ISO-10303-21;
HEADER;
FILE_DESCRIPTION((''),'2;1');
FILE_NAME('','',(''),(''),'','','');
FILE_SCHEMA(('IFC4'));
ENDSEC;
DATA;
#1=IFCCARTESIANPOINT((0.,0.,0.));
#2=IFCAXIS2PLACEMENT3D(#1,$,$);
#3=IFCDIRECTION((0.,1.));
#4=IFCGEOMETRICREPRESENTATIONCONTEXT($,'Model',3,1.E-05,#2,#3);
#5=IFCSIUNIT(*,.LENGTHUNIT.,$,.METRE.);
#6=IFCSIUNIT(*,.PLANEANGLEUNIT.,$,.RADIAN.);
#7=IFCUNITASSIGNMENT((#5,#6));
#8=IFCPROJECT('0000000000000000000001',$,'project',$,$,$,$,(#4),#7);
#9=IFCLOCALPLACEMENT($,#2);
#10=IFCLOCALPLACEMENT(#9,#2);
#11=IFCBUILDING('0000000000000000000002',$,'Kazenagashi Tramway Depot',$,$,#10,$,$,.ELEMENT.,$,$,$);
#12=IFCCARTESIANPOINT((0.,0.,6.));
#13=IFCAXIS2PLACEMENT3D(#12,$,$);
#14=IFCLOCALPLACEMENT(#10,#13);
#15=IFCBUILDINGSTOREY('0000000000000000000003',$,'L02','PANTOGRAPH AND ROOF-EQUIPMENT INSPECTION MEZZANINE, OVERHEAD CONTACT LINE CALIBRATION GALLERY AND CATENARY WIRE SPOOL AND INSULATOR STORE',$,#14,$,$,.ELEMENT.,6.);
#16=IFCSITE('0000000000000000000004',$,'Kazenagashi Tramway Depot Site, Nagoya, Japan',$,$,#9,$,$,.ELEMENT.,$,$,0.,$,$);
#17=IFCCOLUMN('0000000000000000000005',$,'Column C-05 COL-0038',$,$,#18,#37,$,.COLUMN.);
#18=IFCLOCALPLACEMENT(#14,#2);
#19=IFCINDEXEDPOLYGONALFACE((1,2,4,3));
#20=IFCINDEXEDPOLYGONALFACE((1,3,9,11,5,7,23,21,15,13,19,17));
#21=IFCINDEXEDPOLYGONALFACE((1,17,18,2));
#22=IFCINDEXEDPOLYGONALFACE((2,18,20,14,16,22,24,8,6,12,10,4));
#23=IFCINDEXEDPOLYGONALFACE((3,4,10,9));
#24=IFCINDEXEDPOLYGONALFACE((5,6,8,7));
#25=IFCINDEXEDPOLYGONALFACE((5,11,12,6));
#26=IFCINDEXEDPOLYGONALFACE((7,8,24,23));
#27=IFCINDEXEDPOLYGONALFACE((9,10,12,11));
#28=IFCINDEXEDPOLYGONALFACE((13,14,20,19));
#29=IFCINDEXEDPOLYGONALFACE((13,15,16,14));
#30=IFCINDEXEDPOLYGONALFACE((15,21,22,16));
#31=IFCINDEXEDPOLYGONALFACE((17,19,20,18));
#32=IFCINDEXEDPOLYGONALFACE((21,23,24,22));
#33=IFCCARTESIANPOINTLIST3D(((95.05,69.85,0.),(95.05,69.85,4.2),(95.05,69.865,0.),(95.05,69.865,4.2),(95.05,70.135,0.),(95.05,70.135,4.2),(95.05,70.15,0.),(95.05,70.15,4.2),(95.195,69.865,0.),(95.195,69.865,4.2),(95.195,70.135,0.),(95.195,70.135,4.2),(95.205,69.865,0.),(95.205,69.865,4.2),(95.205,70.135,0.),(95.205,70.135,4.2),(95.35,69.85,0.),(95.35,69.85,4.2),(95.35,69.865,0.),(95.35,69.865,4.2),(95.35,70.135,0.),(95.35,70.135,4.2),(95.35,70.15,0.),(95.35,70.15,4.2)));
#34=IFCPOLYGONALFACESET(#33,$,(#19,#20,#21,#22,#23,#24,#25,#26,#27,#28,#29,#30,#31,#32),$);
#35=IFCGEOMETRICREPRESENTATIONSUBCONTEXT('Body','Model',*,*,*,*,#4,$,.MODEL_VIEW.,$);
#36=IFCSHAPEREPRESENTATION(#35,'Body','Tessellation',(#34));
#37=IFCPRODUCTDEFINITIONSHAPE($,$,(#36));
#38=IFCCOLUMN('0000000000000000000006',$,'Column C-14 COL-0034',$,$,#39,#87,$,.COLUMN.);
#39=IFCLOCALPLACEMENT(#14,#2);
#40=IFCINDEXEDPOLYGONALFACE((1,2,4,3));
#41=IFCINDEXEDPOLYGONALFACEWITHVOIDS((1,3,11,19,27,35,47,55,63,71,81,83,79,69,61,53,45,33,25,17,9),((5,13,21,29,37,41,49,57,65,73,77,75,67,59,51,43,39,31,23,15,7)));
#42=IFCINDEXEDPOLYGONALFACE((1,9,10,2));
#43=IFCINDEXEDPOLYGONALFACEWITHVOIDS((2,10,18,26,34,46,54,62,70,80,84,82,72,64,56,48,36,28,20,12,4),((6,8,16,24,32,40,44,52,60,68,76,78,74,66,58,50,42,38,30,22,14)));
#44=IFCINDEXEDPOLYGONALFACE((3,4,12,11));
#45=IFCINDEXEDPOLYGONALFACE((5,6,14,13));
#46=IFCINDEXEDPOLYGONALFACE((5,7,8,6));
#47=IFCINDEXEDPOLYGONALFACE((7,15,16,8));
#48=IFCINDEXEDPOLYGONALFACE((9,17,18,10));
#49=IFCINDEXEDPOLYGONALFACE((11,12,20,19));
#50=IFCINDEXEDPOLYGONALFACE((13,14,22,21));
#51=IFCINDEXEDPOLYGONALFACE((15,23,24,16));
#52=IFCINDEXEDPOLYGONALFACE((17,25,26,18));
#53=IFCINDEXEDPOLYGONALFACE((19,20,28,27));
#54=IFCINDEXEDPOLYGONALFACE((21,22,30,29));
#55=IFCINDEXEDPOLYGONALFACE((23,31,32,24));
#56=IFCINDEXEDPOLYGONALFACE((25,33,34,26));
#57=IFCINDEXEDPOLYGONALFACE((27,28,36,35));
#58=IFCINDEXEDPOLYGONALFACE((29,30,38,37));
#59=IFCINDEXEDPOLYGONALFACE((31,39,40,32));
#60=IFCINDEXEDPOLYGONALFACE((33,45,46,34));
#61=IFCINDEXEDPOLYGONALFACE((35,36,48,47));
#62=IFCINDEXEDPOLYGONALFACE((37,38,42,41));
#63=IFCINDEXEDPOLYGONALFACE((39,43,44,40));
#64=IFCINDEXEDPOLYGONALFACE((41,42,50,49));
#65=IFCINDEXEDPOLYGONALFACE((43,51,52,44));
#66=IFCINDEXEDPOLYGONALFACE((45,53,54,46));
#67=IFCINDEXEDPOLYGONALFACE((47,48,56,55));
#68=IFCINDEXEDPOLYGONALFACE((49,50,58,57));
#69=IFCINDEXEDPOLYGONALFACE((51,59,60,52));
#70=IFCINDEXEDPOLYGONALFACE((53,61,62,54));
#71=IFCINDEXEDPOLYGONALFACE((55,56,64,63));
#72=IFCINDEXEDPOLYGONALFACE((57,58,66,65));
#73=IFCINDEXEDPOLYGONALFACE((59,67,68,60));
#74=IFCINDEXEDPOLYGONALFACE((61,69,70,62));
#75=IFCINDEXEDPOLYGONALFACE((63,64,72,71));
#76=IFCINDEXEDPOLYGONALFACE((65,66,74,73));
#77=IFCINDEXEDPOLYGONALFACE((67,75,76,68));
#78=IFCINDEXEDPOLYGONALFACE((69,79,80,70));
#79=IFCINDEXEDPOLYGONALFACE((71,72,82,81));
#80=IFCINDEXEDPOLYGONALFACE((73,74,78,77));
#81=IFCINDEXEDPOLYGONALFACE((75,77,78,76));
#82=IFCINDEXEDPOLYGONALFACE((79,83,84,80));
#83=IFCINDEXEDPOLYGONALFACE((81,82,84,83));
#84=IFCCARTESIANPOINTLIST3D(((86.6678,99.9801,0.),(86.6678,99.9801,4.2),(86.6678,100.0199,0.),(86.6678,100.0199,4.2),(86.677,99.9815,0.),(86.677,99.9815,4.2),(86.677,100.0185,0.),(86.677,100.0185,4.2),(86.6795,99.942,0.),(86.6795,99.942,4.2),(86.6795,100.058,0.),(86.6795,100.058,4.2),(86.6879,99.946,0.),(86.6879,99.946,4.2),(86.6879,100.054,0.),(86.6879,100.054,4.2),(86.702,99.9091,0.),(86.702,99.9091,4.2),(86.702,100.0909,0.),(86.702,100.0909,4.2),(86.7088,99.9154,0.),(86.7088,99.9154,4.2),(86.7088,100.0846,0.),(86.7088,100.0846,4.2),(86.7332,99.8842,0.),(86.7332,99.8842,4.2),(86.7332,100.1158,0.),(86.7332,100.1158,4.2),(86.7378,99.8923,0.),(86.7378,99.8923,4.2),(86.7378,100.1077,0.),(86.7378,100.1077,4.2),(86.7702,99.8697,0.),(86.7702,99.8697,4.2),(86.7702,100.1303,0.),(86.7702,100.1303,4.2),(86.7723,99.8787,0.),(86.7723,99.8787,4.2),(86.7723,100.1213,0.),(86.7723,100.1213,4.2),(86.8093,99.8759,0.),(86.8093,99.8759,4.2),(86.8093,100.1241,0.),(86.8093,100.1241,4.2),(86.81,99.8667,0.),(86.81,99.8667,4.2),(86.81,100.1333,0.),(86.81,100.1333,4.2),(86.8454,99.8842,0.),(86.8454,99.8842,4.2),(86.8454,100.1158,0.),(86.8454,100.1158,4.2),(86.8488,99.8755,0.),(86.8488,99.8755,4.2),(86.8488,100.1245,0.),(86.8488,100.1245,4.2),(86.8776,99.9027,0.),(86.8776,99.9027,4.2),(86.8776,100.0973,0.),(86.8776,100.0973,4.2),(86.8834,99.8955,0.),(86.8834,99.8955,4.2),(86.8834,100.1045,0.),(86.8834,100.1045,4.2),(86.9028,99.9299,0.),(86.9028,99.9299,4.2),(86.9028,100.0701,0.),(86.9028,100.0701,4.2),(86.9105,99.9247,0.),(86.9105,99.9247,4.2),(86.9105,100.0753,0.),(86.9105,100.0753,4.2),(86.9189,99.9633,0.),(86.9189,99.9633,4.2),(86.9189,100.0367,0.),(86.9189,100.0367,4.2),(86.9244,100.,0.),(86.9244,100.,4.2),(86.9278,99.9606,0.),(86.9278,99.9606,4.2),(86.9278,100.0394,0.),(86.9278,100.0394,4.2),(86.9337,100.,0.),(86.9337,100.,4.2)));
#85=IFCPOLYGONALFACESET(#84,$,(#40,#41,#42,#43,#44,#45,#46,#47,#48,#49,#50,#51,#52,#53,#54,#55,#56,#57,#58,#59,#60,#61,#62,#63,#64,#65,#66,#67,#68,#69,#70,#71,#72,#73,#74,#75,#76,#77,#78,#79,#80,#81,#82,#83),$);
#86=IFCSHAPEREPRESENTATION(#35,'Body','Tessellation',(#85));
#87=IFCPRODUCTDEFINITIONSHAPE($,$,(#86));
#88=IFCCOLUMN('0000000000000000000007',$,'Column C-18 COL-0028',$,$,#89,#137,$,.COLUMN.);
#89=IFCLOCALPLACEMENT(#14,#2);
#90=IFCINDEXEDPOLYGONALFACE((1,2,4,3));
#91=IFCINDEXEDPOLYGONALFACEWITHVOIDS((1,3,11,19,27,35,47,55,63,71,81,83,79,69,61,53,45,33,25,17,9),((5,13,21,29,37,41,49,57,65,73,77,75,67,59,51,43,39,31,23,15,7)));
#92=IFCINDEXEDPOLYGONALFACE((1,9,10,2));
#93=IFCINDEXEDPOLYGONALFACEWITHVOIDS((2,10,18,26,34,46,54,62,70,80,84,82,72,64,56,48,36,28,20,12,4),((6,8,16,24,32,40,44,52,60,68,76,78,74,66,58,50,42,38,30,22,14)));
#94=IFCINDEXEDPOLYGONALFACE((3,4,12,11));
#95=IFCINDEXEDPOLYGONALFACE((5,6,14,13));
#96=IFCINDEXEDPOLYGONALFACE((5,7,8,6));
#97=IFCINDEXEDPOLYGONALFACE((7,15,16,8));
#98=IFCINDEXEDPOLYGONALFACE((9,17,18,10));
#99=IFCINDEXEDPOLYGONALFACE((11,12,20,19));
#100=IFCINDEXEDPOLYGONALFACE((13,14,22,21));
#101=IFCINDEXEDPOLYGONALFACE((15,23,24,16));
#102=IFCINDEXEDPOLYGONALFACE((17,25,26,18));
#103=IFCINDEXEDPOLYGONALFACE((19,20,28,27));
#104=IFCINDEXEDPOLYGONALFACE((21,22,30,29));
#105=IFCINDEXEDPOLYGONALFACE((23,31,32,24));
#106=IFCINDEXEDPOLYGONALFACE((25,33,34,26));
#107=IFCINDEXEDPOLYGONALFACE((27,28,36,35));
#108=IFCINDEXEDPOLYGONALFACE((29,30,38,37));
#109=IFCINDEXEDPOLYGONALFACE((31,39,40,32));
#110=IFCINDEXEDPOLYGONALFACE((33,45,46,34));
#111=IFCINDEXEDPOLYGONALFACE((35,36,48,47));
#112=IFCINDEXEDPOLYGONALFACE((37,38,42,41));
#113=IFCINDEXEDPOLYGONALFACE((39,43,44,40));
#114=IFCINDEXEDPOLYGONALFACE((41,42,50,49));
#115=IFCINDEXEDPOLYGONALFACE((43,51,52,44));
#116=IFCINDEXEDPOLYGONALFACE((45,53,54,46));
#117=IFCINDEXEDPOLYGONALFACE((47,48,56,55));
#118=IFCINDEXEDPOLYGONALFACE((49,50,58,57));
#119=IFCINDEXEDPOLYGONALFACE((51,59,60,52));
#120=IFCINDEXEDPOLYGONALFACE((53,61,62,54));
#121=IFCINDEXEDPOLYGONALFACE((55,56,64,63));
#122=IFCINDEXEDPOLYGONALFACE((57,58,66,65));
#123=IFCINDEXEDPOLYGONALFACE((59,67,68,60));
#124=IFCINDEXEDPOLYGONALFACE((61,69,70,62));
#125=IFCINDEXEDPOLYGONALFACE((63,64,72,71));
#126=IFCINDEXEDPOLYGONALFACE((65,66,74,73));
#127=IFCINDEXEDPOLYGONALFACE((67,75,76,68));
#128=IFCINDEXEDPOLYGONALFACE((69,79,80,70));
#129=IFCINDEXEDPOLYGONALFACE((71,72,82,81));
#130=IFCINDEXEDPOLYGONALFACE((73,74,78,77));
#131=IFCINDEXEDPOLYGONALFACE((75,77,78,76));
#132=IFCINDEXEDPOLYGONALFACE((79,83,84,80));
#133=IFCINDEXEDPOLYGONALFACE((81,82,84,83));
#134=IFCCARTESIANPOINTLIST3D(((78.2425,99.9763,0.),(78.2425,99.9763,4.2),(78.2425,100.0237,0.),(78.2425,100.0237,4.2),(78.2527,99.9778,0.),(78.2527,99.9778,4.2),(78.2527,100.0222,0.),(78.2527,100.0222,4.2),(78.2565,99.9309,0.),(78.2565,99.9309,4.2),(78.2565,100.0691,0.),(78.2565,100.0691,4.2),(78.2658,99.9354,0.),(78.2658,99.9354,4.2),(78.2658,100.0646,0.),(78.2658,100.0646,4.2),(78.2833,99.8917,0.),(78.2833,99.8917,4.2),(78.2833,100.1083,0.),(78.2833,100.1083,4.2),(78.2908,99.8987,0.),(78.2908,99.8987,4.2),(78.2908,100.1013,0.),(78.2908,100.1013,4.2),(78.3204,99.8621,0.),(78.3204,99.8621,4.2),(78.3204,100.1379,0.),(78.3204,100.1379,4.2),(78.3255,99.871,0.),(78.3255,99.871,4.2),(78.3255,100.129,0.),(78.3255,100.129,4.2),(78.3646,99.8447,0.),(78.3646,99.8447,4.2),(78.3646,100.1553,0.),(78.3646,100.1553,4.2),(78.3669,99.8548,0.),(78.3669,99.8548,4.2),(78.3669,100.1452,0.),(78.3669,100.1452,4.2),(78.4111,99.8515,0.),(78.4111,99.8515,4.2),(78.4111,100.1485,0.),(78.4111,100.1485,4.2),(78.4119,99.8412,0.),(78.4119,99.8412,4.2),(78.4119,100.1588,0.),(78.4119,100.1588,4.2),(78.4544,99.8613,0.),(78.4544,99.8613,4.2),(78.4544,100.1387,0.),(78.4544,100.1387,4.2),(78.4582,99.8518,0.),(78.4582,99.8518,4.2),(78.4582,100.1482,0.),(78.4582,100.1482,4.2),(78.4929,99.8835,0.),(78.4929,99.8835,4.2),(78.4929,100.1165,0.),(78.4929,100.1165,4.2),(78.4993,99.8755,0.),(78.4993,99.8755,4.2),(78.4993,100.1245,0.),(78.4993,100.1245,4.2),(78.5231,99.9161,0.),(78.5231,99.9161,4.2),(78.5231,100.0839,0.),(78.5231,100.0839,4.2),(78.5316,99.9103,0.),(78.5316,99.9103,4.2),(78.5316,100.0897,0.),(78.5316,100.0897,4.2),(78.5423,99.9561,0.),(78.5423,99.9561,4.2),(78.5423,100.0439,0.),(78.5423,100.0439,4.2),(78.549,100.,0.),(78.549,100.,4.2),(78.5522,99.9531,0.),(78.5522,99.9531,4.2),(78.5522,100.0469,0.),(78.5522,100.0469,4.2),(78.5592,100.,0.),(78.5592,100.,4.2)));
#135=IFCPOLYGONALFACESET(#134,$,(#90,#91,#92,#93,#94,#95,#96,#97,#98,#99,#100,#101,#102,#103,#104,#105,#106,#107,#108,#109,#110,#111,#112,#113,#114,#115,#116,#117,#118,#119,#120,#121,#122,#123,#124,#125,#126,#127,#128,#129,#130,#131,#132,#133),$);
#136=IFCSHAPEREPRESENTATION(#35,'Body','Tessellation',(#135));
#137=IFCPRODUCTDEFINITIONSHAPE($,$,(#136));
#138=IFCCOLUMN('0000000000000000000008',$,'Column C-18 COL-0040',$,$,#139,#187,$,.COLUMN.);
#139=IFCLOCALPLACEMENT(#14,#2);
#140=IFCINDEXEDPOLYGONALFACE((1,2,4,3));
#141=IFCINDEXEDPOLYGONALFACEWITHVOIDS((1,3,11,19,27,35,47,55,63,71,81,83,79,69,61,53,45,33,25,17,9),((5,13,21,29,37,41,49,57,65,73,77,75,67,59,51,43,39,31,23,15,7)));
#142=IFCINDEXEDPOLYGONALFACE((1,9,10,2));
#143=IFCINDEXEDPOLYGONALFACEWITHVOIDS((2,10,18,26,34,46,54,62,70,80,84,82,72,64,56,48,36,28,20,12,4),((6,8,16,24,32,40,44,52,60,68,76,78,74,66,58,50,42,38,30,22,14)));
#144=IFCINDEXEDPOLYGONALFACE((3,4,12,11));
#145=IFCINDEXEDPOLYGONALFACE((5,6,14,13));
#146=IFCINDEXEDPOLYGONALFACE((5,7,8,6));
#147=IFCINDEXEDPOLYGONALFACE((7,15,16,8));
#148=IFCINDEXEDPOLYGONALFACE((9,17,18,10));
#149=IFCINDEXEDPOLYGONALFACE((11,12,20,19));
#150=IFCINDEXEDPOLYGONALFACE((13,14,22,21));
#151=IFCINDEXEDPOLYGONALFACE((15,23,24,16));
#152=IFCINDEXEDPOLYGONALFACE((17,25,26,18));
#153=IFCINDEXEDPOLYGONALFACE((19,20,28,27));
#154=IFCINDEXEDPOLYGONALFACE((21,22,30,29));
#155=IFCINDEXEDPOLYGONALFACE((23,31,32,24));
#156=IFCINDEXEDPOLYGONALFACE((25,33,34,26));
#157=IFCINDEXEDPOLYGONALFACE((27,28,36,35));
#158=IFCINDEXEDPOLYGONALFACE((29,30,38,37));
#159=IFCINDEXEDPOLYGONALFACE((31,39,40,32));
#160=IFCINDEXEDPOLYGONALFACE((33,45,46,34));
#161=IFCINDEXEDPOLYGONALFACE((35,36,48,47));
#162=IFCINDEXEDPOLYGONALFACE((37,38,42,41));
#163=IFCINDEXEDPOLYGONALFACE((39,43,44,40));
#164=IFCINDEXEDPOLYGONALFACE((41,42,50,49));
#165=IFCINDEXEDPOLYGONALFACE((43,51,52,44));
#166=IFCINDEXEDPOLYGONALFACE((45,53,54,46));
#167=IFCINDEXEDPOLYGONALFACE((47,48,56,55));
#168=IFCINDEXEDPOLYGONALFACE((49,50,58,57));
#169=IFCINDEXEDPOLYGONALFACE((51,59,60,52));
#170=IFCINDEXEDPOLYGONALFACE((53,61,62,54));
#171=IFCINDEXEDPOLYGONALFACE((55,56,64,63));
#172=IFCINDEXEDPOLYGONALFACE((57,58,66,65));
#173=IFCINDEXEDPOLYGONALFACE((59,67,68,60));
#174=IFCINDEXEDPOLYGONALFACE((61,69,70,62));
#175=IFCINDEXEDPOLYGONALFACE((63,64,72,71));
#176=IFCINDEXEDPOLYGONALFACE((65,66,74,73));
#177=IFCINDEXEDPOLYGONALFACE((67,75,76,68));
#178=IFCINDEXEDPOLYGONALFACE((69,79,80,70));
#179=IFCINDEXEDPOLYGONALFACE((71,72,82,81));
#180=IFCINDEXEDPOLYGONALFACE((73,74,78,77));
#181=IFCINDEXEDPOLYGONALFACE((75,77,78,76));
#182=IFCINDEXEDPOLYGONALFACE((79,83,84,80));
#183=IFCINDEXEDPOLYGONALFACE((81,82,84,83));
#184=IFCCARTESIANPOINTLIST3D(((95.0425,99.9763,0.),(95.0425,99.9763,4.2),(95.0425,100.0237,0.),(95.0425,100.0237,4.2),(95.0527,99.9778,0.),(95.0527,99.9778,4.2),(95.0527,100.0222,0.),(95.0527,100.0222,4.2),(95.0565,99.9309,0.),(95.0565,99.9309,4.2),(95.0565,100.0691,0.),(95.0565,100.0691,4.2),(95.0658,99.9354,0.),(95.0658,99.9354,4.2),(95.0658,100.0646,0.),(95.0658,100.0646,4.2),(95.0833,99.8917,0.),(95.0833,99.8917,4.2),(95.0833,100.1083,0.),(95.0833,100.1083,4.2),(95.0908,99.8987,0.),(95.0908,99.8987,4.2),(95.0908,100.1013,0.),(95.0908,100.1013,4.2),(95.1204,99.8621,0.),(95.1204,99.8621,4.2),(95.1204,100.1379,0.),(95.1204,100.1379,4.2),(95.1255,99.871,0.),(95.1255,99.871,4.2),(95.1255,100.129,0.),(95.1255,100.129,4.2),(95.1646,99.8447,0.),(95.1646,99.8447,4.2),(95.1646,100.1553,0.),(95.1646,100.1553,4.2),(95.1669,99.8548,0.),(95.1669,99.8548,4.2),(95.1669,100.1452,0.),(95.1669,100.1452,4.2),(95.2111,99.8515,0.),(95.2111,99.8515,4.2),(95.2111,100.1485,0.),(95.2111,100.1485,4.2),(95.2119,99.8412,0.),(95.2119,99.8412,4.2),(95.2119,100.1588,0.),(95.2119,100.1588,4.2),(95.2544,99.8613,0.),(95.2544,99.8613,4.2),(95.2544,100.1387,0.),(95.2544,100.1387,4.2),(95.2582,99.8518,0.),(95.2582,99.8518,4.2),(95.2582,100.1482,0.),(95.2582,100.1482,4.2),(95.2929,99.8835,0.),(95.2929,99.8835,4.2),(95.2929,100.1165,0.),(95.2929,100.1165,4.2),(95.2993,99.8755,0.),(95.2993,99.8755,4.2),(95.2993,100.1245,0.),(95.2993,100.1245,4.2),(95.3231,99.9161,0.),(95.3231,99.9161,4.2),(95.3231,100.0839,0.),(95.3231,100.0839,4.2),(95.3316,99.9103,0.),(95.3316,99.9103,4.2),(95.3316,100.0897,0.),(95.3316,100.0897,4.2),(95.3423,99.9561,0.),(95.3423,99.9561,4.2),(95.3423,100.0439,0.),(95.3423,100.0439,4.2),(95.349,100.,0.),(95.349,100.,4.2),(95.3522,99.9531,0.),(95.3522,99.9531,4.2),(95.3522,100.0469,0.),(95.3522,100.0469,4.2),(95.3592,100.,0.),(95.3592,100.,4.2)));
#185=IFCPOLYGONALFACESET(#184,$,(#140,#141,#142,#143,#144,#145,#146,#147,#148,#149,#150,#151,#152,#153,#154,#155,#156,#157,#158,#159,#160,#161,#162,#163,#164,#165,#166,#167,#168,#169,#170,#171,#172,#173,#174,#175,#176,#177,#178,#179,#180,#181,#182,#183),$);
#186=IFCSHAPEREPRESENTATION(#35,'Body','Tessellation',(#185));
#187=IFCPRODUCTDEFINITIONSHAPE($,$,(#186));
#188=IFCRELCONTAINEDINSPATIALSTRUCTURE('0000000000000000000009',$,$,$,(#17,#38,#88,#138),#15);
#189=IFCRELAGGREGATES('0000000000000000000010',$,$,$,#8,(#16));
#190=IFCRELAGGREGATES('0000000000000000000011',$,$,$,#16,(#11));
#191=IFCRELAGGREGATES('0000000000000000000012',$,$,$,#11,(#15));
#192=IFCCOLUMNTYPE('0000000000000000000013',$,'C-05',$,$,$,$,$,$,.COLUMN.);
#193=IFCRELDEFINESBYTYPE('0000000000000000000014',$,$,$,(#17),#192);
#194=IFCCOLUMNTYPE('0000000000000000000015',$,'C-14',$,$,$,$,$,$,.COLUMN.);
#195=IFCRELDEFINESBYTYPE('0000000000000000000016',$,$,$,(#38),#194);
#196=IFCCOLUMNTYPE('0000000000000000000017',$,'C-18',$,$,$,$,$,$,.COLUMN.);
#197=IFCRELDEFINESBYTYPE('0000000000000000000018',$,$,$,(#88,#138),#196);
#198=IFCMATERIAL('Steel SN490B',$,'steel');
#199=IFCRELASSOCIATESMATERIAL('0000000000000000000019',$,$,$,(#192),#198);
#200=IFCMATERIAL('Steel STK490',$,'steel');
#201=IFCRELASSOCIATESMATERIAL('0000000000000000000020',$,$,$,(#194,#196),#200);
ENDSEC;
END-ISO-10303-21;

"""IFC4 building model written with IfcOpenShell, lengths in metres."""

from ifc_helpers import new_model, si_unit, direction, frame, origin, origin_2d, place, context, subcontext, project, spatial, hollow_circle, i_section, extrude, material, material_profile, profile_set, type_object, element, save


model = new_model("IFC4")

# Units and contexts
model_context = context("Model", 3, precision=1e-05, world=origin(), true_north=direction((0.0, 1.0)))
body_context = subcontext(model_context, "Body", "Model", "MODEL_VIEW")
ifc_project = project(units=[si_unit("LENGTHUNIT", "METRE"), si_unit("PLANEANGLEUNIT", "RADIAN")], contexts=[model_context])

# Site, building, storey
site_placement = place(None, origin())
site = spatial("IfcSite", under=ifc_project, at=site_placement, Name="Kazenagashi Tramway Depot Site, Nagoya, Japan", CompositionType="ELEMENT", RefElevation=0.0)
building_placement = place(site_placement, origin())
building = spatial("IfcBuilding", under=site, at=building_placement, Name="Kazenagashi Tramway Depot", CompositionType="ELEMENT")
storey_placement = place(building_placement, frame((0.0, 0.0, 6.0)))
storey = spatial("IfcBuildingStorey", under=building, at=storey_placement, Name="L02", Description="PANTOGRAPH AND ROOF-EQUIPMENT INSPECTION MEZZANINE, OVERHEAD CONTACT LINE CALIBRATION GALLERY AND CATENARY WIRE SPOOL AND INSULATOR STORE", CompositionType="ELEMENT", Elevation=6.0)

# Columns
ifc_material_1 = material(Name="Steel SN490B", Category="steel")
ifc_material_profile_1 = material_profile(ifc_material_1, i_section(OverallWidth=0.3, OverallDepth=0.3, WebThickness=0.01, FlangeThickness=0.015, at=origin_2d()), Name="H-300x300x10x15")
ifc_profile_set_1 = profile_set([ifc_material_profile_1], Name="Steel SN490B")
column_type_1 = type_object("IfcColumnType", Name="C-05", PredefinedType="COLUMN", material=ifc_profile_set_1)
column_1_placement = place(storey_placement, frame((95.2, 70.0, 0.0), z_axis=(0.0, 0.0, 1.0), x_axis=(1.0, 0.0, 0.0)))
element("IfcColumn", 1, at=column_1_placement, inside=storey, type_object=column_type_1, Name="Column C-05 COL-0038", PredefinedType="COLUMN", context=body_context, shape_type="SweptSolid", body=[
    extrude(i_section(OverallWidth=0.3, OverallDepth=0.3, WebThickness=0.01, FlangeThickness=0.015, at=origin_2d()), origin(), (0.0, 0.0, 1.0), 4.2),
])
ifc_material_2 = material(Name="Steel STK490", Category="steel")
ifc_material_profile_2 = material_profile(ifc_material_2, hollow_circle(Radius=0.1337, WallThickness=0.0093, at=origin_2d()), Name="CHS-267.4x9.3")
ifc_profile_set_2 = profile_set([ifc_material_profile_2], Name="Steel STK490")
column_type_2 = type_object("IfcColumnType", Name="C-14", PredefinedType="COLUMN", material=ifc_profile_set_2)
column_2_placement = place(storey_placement, frame((86.8, 100.0, 0.0), z_axis=(0.0, 0.0, 1.0), x_axis=(1.0, 0.0, 0.0)))
element("IfcColumn", 2, at=column_2_placement, inside=storey, type_object=column_type_2, Name="Column C-14 COL-0034", PredefinedType="COLUMN", context=body_context, shape_type="SweptSolid", body=[
    extrude(hollow_circle(Radius=0.1337, WallThickness=0.0093, at=origin_2d()), origin(), (0.0, 0.0, 1.0), 4.2),
])
ifc_material_profile_3 = material_profile(ifc_material_2, hollow_circle(Radius=0.1593, WallThickness=0.0103, at=origin_2d()), Name="CHS-318.5x10.3")
ifc_profile_set_3 = profile_set([ifc_material_profile_3], Name="Steel STK490")
column_type_3 = type_object("IfcColumnType", Name="C-18", PredefinedType="COLUMN", material=ifc_profile_set_3)
for number, where, z_axis, x_axis, name in (
    (3, (78.4, 100.0, 0.0), (0.0, 0.0, 1.0), (1.0, 0.0, 0.0), "Column C-18 COL-0028"),
    (4, (95.2, 100.0, 0.0), (0.0, 0.0, 1.0), (1.0, 0.0, 0.0), "Column C-18 COL-0040"),
):
    element("IfcColumn", number, at=place(storey_placement, frame(where, z_axis=z_axis, x_axis=x_axis)), inside=storey, type_object=column_type_3, Name=name, PredefinedType="COLUMN", context=body_context, shape_type="SweptSolid", body=[
        extrude(hollow_circle(Radius=0.1593, WallThickness=0.0103, at=origin_2d()), origin(), (0.0, 0.0, 1.0), 4.2),
    ])

save(model, "model.ifc")
